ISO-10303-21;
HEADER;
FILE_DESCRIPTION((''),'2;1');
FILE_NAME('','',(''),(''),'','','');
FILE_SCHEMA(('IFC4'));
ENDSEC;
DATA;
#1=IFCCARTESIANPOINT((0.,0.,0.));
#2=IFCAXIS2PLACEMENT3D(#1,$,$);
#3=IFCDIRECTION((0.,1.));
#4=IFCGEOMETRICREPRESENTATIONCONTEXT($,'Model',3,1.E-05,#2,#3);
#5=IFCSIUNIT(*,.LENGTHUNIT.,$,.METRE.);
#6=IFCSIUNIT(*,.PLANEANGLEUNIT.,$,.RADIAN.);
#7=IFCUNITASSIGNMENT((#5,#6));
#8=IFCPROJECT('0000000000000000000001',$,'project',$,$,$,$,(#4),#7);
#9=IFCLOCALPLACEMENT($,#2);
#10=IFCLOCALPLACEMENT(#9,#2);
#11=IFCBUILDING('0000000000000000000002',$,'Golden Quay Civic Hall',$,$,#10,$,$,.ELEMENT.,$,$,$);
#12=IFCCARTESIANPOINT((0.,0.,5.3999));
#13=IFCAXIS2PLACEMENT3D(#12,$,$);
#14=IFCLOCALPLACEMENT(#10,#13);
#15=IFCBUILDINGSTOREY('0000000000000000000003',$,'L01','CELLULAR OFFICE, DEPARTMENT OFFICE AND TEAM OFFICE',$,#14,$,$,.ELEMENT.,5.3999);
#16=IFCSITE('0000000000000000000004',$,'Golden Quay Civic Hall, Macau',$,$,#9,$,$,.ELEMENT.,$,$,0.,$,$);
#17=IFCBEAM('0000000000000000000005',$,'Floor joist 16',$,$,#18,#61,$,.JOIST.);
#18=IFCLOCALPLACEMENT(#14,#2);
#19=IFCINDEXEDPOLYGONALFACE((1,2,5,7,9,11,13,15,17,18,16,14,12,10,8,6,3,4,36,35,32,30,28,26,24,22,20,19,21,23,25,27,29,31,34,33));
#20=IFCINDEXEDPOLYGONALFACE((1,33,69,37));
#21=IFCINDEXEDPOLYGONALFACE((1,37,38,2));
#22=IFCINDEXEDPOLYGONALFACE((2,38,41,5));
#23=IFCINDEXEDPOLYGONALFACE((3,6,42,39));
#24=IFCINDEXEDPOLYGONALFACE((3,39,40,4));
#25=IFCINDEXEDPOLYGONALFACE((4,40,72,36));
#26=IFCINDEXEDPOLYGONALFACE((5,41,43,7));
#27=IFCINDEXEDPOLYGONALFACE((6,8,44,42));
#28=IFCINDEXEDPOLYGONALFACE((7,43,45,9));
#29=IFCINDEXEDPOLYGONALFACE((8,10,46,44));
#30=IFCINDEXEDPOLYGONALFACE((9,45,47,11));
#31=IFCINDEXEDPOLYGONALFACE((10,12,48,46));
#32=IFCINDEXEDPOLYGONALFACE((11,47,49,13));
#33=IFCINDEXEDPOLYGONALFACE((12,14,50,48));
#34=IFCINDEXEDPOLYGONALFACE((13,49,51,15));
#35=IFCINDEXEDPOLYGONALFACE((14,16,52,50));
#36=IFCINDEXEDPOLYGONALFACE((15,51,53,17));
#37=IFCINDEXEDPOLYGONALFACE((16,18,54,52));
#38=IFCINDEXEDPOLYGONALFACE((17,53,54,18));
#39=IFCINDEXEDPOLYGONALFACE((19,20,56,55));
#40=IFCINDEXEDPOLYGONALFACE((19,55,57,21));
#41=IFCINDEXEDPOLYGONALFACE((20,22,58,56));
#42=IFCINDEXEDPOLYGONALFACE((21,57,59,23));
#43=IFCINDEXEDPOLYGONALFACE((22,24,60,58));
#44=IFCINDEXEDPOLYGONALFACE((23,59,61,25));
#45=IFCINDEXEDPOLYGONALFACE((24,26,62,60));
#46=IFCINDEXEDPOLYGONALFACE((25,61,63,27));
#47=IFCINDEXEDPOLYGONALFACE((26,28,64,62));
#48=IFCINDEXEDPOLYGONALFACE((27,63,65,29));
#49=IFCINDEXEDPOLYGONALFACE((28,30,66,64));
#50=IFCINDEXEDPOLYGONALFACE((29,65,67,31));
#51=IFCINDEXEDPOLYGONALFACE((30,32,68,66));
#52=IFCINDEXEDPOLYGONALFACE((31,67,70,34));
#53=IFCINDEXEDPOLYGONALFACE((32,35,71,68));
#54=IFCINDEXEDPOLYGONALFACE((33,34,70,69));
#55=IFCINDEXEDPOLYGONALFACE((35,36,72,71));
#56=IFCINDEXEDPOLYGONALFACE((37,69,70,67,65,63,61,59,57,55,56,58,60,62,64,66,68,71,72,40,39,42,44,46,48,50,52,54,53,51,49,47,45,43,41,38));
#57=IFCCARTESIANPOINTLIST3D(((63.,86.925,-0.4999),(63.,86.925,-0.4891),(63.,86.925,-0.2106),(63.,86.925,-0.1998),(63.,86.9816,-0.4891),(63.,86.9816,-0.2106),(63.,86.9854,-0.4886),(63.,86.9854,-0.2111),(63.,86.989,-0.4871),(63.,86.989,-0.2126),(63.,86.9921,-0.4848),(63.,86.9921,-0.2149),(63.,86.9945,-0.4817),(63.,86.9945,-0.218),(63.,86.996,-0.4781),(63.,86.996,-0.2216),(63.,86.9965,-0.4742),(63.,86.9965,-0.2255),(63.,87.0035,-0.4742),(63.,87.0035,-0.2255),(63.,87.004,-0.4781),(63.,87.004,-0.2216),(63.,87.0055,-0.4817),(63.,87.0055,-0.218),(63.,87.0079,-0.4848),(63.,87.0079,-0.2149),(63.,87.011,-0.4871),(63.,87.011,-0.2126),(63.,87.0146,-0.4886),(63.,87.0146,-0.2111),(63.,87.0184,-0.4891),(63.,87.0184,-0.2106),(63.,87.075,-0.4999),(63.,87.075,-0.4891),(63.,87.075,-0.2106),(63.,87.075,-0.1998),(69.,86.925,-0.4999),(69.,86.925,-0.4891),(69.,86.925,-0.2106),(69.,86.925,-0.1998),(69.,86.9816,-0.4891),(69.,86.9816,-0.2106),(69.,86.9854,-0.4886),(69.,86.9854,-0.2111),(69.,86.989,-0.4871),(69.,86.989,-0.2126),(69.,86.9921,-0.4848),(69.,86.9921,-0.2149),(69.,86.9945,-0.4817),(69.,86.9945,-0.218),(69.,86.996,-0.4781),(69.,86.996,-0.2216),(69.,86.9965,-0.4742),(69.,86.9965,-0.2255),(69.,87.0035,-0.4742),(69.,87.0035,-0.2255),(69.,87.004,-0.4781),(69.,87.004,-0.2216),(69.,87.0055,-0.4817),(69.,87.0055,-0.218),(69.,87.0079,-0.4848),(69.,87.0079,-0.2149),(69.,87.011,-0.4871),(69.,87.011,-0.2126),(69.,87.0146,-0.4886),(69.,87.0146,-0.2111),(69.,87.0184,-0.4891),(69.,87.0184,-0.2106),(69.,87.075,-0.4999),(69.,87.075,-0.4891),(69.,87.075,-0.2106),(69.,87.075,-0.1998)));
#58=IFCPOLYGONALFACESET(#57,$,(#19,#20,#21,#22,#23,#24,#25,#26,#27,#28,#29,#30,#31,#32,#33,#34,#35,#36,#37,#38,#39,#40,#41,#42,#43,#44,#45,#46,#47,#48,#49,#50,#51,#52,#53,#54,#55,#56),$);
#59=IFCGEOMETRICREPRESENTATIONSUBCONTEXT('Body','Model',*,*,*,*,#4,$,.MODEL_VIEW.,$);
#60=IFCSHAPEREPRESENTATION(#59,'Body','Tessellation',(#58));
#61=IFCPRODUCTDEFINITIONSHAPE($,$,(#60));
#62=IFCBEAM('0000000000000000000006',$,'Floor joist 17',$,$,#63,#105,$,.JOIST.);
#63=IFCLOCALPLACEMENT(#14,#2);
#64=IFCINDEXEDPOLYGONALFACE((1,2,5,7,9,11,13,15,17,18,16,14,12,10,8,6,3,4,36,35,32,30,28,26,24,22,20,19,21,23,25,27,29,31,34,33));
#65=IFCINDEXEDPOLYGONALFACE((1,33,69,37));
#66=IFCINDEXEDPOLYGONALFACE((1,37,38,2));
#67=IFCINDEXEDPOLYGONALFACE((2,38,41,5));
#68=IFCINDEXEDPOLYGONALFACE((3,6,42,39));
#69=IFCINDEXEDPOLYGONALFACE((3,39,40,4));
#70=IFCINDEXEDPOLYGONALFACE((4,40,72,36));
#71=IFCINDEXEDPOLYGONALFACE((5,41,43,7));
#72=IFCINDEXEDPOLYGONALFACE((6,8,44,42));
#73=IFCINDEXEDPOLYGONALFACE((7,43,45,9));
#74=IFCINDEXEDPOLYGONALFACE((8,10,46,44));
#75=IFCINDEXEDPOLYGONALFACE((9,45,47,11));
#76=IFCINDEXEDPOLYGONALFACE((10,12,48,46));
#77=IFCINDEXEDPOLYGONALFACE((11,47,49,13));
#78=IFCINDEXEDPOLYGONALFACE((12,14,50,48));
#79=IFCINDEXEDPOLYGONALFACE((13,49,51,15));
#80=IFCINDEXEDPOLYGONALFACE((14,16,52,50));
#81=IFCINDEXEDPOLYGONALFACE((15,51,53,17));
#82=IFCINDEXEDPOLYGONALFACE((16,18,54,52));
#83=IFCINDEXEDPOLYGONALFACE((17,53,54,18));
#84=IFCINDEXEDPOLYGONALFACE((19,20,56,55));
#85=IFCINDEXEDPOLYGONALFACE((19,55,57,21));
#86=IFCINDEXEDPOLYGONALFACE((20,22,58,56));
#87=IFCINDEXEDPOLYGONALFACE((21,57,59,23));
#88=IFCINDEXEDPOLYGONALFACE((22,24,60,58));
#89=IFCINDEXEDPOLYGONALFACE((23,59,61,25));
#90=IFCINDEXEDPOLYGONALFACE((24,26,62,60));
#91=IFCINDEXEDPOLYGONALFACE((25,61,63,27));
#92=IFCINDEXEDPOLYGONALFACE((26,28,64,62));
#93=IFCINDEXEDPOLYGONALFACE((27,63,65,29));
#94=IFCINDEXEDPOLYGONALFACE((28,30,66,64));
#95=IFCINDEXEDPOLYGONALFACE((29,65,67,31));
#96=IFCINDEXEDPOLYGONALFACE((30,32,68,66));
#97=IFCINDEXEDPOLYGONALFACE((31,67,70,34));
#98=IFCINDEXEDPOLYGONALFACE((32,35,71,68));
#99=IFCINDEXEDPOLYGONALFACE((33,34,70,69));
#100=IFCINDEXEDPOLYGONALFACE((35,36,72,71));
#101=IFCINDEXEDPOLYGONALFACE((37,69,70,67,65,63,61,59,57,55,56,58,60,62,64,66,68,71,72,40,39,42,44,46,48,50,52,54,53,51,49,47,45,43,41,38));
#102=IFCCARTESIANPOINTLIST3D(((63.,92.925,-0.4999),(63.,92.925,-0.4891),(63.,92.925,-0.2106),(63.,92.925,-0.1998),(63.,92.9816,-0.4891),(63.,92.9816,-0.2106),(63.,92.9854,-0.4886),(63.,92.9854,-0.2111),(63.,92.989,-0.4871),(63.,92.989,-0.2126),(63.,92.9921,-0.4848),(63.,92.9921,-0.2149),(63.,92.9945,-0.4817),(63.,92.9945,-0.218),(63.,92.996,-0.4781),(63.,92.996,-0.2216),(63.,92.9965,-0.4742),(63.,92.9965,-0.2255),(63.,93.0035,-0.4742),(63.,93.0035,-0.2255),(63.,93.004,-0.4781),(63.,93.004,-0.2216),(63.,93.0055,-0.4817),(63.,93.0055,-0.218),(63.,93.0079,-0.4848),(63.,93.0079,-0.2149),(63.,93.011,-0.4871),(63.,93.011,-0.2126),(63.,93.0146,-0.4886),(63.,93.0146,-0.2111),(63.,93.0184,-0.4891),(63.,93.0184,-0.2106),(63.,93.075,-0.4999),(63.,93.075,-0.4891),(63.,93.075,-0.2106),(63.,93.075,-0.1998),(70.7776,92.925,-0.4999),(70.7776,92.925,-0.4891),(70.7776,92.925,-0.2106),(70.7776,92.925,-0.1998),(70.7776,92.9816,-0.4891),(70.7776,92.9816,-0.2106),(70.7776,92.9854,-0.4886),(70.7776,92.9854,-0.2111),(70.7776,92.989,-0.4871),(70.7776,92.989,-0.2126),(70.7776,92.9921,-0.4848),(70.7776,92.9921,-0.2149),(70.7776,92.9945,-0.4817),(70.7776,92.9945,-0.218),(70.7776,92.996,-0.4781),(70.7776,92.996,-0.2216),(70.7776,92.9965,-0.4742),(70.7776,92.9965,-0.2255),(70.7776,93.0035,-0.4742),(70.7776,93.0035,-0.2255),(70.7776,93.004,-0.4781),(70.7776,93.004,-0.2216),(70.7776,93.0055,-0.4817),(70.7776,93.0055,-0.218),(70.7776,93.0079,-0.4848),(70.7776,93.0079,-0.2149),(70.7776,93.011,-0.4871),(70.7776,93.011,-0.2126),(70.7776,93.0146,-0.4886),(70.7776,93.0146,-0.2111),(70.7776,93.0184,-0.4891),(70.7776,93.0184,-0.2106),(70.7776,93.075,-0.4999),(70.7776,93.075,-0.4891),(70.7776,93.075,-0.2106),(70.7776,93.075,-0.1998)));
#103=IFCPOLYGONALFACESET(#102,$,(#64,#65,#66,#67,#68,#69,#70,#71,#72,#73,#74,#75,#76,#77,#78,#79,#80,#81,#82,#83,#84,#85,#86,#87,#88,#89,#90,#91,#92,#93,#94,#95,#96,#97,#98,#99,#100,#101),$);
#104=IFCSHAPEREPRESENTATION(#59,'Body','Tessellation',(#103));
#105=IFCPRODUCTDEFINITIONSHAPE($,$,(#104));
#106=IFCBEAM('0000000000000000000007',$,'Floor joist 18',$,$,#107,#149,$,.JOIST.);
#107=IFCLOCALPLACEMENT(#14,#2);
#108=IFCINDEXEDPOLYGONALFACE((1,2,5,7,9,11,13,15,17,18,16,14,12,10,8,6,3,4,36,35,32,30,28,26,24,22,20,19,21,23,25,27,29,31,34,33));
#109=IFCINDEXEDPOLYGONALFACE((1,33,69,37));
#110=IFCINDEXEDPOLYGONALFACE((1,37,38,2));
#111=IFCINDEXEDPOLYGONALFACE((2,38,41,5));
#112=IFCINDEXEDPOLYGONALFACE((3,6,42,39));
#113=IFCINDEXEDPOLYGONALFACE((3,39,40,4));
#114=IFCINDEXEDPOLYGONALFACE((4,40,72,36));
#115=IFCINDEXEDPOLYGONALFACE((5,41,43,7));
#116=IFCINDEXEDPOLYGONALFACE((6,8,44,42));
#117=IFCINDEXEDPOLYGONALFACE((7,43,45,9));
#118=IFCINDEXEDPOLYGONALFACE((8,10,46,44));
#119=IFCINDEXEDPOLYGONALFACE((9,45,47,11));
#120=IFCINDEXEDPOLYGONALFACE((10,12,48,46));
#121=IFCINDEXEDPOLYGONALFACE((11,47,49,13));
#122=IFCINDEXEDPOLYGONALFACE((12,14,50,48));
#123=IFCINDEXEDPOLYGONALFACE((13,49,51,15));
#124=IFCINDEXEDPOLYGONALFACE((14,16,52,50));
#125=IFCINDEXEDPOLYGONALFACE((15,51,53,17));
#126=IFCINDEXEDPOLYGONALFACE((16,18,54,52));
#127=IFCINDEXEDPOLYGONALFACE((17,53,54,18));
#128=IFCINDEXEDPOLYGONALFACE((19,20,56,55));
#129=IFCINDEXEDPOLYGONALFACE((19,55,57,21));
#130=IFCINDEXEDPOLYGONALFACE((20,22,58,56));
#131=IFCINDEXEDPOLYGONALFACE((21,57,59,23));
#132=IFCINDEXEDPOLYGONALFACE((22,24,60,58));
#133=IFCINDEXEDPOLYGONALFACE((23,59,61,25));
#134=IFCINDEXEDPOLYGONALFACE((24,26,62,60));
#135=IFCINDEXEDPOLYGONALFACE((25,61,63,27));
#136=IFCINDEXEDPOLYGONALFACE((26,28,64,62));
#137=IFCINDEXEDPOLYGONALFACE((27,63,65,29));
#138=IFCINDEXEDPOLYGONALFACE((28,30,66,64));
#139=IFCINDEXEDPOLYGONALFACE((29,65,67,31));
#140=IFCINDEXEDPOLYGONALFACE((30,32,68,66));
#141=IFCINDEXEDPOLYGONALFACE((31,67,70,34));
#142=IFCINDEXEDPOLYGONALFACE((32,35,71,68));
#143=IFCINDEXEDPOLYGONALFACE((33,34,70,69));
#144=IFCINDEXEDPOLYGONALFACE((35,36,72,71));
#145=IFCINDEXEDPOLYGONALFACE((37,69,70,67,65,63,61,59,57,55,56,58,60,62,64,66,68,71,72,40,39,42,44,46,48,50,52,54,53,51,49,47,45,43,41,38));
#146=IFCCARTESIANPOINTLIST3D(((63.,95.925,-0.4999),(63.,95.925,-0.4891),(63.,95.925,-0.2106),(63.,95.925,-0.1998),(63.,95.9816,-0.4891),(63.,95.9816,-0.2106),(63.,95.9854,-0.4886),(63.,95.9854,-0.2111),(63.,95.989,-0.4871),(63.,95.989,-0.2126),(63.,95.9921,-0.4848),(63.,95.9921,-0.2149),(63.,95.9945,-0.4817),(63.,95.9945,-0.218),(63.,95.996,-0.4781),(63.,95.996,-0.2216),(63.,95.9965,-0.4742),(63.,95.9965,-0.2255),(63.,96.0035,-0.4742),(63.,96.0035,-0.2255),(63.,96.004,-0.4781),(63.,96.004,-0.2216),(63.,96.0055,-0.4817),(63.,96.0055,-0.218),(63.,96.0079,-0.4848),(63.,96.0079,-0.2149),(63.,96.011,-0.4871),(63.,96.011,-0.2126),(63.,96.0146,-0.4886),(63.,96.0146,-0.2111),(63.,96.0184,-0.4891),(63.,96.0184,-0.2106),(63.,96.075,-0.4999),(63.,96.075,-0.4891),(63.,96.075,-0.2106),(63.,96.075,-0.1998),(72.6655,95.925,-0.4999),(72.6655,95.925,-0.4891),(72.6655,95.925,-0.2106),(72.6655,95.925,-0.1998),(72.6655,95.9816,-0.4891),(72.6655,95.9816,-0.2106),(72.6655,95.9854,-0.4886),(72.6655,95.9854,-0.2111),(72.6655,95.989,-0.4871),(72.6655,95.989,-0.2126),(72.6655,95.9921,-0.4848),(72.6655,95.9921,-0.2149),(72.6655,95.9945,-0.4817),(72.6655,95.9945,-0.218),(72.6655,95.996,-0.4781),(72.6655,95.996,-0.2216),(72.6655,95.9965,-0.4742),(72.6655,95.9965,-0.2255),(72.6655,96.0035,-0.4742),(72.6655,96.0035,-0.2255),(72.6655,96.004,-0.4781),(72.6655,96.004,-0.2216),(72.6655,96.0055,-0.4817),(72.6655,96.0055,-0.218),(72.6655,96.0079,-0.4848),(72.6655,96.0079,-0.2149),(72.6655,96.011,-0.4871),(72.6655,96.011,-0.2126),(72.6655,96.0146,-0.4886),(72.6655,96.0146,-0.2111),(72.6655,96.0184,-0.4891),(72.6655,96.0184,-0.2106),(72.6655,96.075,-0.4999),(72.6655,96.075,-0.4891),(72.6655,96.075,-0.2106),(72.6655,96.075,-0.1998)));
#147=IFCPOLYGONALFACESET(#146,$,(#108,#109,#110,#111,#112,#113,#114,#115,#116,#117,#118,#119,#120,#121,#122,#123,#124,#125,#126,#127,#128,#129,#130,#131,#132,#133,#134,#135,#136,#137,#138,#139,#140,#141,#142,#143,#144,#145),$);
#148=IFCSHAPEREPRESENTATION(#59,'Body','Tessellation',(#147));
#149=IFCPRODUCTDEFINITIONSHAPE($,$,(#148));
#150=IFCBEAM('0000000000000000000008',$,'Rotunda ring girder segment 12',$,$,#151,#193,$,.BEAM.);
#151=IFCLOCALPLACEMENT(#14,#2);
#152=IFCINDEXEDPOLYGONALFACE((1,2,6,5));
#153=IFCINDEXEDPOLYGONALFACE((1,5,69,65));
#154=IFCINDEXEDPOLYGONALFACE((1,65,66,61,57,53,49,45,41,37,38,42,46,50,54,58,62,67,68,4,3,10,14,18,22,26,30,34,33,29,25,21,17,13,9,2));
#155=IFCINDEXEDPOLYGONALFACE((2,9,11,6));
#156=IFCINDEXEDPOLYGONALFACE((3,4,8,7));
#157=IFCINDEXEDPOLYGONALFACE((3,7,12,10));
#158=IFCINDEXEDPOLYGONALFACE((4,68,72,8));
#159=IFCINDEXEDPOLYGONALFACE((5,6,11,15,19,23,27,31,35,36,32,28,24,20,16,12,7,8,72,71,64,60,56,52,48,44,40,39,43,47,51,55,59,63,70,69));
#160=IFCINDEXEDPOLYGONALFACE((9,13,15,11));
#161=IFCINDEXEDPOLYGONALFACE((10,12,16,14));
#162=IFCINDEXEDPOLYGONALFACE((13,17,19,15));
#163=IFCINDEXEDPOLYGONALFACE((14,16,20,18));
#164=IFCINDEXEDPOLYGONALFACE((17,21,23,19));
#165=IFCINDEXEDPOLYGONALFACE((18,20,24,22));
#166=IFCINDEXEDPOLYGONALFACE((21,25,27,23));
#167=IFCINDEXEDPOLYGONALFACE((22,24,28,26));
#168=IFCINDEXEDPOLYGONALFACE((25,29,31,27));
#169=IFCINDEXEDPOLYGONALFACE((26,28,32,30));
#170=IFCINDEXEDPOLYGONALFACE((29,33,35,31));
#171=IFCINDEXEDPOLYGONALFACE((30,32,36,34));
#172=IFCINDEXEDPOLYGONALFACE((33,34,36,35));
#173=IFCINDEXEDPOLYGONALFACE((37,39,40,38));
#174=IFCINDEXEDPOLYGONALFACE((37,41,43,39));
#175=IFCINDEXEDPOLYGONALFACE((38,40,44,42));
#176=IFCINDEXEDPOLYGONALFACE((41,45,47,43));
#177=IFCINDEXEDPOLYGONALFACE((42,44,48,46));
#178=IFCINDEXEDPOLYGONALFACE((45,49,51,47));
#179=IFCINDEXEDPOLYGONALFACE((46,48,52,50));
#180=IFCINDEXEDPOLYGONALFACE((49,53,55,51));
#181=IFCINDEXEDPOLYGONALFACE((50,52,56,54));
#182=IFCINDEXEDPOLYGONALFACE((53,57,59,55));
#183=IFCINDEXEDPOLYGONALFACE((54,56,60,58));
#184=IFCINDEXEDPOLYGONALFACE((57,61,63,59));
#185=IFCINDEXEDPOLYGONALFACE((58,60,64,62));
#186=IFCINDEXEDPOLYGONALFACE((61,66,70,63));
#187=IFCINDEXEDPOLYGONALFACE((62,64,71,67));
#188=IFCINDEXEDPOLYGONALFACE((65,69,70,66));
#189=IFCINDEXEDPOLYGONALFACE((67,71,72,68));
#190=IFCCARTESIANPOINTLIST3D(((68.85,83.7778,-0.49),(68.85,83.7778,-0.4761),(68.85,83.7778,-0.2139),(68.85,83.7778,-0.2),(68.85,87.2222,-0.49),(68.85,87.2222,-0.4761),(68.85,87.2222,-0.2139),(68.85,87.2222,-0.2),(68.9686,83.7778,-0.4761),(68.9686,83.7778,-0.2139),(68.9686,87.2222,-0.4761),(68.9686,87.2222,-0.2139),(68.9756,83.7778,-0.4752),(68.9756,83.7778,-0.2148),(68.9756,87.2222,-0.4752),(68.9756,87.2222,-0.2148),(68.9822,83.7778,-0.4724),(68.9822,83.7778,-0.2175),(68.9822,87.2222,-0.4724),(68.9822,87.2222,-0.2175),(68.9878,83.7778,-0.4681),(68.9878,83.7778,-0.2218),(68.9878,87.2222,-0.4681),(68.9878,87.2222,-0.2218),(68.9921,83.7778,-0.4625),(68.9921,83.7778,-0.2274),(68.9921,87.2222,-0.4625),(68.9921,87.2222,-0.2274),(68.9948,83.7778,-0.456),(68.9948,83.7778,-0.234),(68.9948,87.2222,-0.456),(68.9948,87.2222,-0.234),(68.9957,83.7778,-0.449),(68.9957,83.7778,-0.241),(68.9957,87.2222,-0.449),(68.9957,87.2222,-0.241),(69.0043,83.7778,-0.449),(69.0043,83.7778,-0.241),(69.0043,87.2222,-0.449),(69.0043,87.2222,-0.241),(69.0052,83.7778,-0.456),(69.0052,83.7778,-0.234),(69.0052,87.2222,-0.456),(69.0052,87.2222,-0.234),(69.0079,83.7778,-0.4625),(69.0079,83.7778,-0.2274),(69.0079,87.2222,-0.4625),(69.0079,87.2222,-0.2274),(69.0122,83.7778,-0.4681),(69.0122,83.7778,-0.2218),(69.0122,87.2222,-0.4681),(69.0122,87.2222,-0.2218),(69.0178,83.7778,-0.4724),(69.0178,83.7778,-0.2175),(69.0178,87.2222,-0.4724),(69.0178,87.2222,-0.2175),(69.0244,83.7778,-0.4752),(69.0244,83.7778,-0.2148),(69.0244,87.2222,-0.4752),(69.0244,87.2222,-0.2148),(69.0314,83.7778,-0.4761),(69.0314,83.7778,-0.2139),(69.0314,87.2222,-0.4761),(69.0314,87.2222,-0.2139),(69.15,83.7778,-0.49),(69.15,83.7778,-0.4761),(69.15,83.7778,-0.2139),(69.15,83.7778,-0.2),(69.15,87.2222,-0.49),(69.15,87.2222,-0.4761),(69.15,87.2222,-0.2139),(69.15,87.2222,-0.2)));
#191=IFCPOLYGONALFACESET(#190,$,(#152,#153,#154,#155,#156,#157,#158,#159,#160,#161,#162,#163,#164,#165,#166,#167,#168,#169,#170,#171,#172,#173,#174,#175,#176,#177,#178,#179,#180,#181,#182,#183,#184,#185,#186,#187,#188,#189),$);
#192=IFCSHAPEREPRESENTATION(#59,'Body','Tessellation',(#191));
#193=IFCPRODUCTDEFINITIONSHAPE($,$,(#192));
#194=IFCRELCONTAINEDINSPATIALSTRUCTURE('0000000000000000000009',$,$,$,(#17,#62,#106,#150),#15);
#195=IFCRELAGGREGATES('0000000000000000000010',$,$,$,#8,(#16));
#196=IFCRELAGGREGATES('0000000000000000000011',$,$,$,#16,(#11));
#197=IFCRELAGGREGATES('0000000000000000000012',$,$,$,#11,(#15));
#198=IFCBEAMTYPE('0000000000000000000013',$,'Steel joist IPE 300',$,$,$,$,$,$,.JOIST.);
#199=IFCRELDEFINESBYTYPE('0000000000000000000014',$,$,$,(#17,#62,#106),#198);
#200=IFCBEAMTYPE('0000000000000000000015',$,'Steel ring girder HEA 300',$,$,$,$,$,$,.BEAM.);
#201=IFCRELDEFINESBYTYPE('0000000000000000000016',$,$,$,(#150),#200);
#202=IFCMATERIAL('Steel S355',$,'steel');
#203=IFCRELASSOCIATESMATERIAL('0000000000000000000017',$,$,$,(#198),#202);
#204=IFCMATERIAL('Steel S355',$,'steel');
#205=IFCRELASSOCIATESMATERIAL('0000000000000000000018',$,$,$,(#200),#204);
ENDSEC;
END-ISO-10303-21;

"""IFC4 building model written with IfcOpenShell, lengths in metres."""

from ifc_helpers import new_model, si_unit, direction, frame, origin, origin_2d, place, context, subcontext, project, spatial, i_section, extrude, material, material_profile, profile_set, type_object, element, save


model = new_model("IFC4")

# Units and contexts
model_context = context("Model", 3, precision=1e-05, world=origin(), true_north=direction((0.0, 1.0)))
body_context = subcontext(model_context, "Body", "Model", "MODEL_VIEW")
ifc_project = project(units=[si_unit("LENGTHUNIT", "METRE"), si_unit("PLANEANGLEUNIT", "RADIAN")], contexts=[model_context])

# Site, building, storey
site_placement = place(None, origin())
site = spatial("IfcSite", under=ifc_project, at=site_placement, Name="Golden Quay Civic Hall, Macau", CompositionType="ELEMENT", RefElevation=0.0)
building_placement = place(site_placement, origin())
building = spatial("IfcBuilding", under=site, at=building_placement, Name="Golden Quay Civic Hall", CompositionType="ELEMENT")
storey_placement = place(building_placement, frame((0.0, 0.0, 5.3999)))
storey = spatial("IfcBuildingStorey", under=building, at=storey_placement, Name="L01", Description="CELLULAR OFFICE, DEPARTMENT OFFICE AND TEAM OFFICE", CompositionType="ELEMENT", Elevation=5.3999)

# Beams
ifc_material_1 = material(Name="Steel S355", Category="steel")
ifc_material_profile_1 = material_profile(ifc_material_1, i_section(OverallWidth=0.1499, OverallDepth=0.3, WebThickness=0.0071, FlangeThickness=0.0107, FilletRadius=0.0149, at=origin_2d()), Name="IPE 300")
ifc_profile_set_1 = profile_set([ifc_material_profile_1], Name="Steel S355")
beam_type_1 = type_object("IfcBeamType", Name="Steel joist IPE 300", PredefinedType="JOIST", material=ifc_profile_set_1)
for number, where, z_axis, x_axis, name in (
    (1, (63.0, 87.0, -0.3499), (1.0, 0.0, 0.0), (0.0, 1.0, 0.0), "Floor joist 16"),
):
    element("IfcBeam", number, at=place(storey_placement, frame(where, z_axis=z_axis, x_axis=x_axis)), inside=storey, type_object=beam_type_1, Name=name, PredefinedType="JOIST", context=body_context, shape_type="SweptSolid", body=[
        extrude(i_section(OverallWidth=0.1499, OverallDepth=0.3, WebThickness=0.0071, FlangeThickness=0.0107, FilletRadius=0.0149, at=origin_2d()), origin(), (0.0, 0.0, 1.0), 6.0),
    ])
beam_1_placement = place(storey_placement, frame((63.0, 93.0, -0.3499), z_axis=(1.0, 0.0, 0.0), x_axis=(0.0, 1.0, 0.0)))
element("IfcBeam", 2, at=beam_1_placement, inside=storey, type_object=beam_type_1, Name="Floor joist 17", PredefinedType="JOIST", context=body_context, shape_type="SweptSolid", body=[
    extrude(i_section(OverallWidth=0.1499, OverallDepth=0.3, WebThickness=0.0071, FlangeThickness=0.0107, FilletRadius=0.0149, at=origin_2d()), origin(), (0.0, 0.0, 1.0), 7.7776),
])
beam_2_placement = place(storey_placement, frame((63.0, 96.0, -0.3499), z_axis=(1.0, 0.0, 0.0), x_axis=(0.0, 1.0, 0.0)))
element("IfcBeam", 3, at=beam_2_placement, inside=storey, type_object=beam_type_1, Name="Floor joist 18", PredefinedType="JOIST", context=body_context, shape_type="SweptSolid", body=[
    extrude(i_section(OverallWidth=0.1499, OverallDepth=0.3, WebThickness=0.0071, FlangeThickness=0.0107, FilletRadius=0.0149, at=origin_2d()), origin(), (0.0, 0.0, 1.0), 9.6655),
])
ifc_material_2 = material(Name="Steel S355", Category="steel")
ifc_material_profile_2 = material_profile(ifc_material_2, i_section(OverallWidth=0.3, OverallDepth=0.29, WebThickness=0.0085, FlangeThickness=0.0139, FilletRadius=0.0271, at=origin_2d()), Name="HEA 300")
ifc_profile_set_2 = profile_set([ifc_material_profile_2], Name="Steel S355")
beam_type_2 = type_object("IfcBeamType", Name="Steel ring girder HEA 300", PredefinedType="BEAM", material=ifc_profile_set_2)
beam_3_placement = place(storey_placement, frame((69.0, 87.2222, -0.345), z_axis=(0.0, -1.0, 0.0), x_axis=(1.0, 0.0, 0.0)))
element("IfcBeam", 4, at=beam_3_placement, inside=storey, type_object=beam_type_2, Name="Rotunda ring girder segment 12", PredefinedType="BEAM", context=body_context, shape_type="SweptSolid", body=[
    extrude(i_section(OverallWidth=0.3, OverallDepth=0.29, WebThickness=0.0085, FlangeThickness=0.0139, FilletRadius=0.0271, at=origin_2d()), origin(), (0.0, 0.0, 1.0), 3.4443),
])

save(model, "model.ifc")
